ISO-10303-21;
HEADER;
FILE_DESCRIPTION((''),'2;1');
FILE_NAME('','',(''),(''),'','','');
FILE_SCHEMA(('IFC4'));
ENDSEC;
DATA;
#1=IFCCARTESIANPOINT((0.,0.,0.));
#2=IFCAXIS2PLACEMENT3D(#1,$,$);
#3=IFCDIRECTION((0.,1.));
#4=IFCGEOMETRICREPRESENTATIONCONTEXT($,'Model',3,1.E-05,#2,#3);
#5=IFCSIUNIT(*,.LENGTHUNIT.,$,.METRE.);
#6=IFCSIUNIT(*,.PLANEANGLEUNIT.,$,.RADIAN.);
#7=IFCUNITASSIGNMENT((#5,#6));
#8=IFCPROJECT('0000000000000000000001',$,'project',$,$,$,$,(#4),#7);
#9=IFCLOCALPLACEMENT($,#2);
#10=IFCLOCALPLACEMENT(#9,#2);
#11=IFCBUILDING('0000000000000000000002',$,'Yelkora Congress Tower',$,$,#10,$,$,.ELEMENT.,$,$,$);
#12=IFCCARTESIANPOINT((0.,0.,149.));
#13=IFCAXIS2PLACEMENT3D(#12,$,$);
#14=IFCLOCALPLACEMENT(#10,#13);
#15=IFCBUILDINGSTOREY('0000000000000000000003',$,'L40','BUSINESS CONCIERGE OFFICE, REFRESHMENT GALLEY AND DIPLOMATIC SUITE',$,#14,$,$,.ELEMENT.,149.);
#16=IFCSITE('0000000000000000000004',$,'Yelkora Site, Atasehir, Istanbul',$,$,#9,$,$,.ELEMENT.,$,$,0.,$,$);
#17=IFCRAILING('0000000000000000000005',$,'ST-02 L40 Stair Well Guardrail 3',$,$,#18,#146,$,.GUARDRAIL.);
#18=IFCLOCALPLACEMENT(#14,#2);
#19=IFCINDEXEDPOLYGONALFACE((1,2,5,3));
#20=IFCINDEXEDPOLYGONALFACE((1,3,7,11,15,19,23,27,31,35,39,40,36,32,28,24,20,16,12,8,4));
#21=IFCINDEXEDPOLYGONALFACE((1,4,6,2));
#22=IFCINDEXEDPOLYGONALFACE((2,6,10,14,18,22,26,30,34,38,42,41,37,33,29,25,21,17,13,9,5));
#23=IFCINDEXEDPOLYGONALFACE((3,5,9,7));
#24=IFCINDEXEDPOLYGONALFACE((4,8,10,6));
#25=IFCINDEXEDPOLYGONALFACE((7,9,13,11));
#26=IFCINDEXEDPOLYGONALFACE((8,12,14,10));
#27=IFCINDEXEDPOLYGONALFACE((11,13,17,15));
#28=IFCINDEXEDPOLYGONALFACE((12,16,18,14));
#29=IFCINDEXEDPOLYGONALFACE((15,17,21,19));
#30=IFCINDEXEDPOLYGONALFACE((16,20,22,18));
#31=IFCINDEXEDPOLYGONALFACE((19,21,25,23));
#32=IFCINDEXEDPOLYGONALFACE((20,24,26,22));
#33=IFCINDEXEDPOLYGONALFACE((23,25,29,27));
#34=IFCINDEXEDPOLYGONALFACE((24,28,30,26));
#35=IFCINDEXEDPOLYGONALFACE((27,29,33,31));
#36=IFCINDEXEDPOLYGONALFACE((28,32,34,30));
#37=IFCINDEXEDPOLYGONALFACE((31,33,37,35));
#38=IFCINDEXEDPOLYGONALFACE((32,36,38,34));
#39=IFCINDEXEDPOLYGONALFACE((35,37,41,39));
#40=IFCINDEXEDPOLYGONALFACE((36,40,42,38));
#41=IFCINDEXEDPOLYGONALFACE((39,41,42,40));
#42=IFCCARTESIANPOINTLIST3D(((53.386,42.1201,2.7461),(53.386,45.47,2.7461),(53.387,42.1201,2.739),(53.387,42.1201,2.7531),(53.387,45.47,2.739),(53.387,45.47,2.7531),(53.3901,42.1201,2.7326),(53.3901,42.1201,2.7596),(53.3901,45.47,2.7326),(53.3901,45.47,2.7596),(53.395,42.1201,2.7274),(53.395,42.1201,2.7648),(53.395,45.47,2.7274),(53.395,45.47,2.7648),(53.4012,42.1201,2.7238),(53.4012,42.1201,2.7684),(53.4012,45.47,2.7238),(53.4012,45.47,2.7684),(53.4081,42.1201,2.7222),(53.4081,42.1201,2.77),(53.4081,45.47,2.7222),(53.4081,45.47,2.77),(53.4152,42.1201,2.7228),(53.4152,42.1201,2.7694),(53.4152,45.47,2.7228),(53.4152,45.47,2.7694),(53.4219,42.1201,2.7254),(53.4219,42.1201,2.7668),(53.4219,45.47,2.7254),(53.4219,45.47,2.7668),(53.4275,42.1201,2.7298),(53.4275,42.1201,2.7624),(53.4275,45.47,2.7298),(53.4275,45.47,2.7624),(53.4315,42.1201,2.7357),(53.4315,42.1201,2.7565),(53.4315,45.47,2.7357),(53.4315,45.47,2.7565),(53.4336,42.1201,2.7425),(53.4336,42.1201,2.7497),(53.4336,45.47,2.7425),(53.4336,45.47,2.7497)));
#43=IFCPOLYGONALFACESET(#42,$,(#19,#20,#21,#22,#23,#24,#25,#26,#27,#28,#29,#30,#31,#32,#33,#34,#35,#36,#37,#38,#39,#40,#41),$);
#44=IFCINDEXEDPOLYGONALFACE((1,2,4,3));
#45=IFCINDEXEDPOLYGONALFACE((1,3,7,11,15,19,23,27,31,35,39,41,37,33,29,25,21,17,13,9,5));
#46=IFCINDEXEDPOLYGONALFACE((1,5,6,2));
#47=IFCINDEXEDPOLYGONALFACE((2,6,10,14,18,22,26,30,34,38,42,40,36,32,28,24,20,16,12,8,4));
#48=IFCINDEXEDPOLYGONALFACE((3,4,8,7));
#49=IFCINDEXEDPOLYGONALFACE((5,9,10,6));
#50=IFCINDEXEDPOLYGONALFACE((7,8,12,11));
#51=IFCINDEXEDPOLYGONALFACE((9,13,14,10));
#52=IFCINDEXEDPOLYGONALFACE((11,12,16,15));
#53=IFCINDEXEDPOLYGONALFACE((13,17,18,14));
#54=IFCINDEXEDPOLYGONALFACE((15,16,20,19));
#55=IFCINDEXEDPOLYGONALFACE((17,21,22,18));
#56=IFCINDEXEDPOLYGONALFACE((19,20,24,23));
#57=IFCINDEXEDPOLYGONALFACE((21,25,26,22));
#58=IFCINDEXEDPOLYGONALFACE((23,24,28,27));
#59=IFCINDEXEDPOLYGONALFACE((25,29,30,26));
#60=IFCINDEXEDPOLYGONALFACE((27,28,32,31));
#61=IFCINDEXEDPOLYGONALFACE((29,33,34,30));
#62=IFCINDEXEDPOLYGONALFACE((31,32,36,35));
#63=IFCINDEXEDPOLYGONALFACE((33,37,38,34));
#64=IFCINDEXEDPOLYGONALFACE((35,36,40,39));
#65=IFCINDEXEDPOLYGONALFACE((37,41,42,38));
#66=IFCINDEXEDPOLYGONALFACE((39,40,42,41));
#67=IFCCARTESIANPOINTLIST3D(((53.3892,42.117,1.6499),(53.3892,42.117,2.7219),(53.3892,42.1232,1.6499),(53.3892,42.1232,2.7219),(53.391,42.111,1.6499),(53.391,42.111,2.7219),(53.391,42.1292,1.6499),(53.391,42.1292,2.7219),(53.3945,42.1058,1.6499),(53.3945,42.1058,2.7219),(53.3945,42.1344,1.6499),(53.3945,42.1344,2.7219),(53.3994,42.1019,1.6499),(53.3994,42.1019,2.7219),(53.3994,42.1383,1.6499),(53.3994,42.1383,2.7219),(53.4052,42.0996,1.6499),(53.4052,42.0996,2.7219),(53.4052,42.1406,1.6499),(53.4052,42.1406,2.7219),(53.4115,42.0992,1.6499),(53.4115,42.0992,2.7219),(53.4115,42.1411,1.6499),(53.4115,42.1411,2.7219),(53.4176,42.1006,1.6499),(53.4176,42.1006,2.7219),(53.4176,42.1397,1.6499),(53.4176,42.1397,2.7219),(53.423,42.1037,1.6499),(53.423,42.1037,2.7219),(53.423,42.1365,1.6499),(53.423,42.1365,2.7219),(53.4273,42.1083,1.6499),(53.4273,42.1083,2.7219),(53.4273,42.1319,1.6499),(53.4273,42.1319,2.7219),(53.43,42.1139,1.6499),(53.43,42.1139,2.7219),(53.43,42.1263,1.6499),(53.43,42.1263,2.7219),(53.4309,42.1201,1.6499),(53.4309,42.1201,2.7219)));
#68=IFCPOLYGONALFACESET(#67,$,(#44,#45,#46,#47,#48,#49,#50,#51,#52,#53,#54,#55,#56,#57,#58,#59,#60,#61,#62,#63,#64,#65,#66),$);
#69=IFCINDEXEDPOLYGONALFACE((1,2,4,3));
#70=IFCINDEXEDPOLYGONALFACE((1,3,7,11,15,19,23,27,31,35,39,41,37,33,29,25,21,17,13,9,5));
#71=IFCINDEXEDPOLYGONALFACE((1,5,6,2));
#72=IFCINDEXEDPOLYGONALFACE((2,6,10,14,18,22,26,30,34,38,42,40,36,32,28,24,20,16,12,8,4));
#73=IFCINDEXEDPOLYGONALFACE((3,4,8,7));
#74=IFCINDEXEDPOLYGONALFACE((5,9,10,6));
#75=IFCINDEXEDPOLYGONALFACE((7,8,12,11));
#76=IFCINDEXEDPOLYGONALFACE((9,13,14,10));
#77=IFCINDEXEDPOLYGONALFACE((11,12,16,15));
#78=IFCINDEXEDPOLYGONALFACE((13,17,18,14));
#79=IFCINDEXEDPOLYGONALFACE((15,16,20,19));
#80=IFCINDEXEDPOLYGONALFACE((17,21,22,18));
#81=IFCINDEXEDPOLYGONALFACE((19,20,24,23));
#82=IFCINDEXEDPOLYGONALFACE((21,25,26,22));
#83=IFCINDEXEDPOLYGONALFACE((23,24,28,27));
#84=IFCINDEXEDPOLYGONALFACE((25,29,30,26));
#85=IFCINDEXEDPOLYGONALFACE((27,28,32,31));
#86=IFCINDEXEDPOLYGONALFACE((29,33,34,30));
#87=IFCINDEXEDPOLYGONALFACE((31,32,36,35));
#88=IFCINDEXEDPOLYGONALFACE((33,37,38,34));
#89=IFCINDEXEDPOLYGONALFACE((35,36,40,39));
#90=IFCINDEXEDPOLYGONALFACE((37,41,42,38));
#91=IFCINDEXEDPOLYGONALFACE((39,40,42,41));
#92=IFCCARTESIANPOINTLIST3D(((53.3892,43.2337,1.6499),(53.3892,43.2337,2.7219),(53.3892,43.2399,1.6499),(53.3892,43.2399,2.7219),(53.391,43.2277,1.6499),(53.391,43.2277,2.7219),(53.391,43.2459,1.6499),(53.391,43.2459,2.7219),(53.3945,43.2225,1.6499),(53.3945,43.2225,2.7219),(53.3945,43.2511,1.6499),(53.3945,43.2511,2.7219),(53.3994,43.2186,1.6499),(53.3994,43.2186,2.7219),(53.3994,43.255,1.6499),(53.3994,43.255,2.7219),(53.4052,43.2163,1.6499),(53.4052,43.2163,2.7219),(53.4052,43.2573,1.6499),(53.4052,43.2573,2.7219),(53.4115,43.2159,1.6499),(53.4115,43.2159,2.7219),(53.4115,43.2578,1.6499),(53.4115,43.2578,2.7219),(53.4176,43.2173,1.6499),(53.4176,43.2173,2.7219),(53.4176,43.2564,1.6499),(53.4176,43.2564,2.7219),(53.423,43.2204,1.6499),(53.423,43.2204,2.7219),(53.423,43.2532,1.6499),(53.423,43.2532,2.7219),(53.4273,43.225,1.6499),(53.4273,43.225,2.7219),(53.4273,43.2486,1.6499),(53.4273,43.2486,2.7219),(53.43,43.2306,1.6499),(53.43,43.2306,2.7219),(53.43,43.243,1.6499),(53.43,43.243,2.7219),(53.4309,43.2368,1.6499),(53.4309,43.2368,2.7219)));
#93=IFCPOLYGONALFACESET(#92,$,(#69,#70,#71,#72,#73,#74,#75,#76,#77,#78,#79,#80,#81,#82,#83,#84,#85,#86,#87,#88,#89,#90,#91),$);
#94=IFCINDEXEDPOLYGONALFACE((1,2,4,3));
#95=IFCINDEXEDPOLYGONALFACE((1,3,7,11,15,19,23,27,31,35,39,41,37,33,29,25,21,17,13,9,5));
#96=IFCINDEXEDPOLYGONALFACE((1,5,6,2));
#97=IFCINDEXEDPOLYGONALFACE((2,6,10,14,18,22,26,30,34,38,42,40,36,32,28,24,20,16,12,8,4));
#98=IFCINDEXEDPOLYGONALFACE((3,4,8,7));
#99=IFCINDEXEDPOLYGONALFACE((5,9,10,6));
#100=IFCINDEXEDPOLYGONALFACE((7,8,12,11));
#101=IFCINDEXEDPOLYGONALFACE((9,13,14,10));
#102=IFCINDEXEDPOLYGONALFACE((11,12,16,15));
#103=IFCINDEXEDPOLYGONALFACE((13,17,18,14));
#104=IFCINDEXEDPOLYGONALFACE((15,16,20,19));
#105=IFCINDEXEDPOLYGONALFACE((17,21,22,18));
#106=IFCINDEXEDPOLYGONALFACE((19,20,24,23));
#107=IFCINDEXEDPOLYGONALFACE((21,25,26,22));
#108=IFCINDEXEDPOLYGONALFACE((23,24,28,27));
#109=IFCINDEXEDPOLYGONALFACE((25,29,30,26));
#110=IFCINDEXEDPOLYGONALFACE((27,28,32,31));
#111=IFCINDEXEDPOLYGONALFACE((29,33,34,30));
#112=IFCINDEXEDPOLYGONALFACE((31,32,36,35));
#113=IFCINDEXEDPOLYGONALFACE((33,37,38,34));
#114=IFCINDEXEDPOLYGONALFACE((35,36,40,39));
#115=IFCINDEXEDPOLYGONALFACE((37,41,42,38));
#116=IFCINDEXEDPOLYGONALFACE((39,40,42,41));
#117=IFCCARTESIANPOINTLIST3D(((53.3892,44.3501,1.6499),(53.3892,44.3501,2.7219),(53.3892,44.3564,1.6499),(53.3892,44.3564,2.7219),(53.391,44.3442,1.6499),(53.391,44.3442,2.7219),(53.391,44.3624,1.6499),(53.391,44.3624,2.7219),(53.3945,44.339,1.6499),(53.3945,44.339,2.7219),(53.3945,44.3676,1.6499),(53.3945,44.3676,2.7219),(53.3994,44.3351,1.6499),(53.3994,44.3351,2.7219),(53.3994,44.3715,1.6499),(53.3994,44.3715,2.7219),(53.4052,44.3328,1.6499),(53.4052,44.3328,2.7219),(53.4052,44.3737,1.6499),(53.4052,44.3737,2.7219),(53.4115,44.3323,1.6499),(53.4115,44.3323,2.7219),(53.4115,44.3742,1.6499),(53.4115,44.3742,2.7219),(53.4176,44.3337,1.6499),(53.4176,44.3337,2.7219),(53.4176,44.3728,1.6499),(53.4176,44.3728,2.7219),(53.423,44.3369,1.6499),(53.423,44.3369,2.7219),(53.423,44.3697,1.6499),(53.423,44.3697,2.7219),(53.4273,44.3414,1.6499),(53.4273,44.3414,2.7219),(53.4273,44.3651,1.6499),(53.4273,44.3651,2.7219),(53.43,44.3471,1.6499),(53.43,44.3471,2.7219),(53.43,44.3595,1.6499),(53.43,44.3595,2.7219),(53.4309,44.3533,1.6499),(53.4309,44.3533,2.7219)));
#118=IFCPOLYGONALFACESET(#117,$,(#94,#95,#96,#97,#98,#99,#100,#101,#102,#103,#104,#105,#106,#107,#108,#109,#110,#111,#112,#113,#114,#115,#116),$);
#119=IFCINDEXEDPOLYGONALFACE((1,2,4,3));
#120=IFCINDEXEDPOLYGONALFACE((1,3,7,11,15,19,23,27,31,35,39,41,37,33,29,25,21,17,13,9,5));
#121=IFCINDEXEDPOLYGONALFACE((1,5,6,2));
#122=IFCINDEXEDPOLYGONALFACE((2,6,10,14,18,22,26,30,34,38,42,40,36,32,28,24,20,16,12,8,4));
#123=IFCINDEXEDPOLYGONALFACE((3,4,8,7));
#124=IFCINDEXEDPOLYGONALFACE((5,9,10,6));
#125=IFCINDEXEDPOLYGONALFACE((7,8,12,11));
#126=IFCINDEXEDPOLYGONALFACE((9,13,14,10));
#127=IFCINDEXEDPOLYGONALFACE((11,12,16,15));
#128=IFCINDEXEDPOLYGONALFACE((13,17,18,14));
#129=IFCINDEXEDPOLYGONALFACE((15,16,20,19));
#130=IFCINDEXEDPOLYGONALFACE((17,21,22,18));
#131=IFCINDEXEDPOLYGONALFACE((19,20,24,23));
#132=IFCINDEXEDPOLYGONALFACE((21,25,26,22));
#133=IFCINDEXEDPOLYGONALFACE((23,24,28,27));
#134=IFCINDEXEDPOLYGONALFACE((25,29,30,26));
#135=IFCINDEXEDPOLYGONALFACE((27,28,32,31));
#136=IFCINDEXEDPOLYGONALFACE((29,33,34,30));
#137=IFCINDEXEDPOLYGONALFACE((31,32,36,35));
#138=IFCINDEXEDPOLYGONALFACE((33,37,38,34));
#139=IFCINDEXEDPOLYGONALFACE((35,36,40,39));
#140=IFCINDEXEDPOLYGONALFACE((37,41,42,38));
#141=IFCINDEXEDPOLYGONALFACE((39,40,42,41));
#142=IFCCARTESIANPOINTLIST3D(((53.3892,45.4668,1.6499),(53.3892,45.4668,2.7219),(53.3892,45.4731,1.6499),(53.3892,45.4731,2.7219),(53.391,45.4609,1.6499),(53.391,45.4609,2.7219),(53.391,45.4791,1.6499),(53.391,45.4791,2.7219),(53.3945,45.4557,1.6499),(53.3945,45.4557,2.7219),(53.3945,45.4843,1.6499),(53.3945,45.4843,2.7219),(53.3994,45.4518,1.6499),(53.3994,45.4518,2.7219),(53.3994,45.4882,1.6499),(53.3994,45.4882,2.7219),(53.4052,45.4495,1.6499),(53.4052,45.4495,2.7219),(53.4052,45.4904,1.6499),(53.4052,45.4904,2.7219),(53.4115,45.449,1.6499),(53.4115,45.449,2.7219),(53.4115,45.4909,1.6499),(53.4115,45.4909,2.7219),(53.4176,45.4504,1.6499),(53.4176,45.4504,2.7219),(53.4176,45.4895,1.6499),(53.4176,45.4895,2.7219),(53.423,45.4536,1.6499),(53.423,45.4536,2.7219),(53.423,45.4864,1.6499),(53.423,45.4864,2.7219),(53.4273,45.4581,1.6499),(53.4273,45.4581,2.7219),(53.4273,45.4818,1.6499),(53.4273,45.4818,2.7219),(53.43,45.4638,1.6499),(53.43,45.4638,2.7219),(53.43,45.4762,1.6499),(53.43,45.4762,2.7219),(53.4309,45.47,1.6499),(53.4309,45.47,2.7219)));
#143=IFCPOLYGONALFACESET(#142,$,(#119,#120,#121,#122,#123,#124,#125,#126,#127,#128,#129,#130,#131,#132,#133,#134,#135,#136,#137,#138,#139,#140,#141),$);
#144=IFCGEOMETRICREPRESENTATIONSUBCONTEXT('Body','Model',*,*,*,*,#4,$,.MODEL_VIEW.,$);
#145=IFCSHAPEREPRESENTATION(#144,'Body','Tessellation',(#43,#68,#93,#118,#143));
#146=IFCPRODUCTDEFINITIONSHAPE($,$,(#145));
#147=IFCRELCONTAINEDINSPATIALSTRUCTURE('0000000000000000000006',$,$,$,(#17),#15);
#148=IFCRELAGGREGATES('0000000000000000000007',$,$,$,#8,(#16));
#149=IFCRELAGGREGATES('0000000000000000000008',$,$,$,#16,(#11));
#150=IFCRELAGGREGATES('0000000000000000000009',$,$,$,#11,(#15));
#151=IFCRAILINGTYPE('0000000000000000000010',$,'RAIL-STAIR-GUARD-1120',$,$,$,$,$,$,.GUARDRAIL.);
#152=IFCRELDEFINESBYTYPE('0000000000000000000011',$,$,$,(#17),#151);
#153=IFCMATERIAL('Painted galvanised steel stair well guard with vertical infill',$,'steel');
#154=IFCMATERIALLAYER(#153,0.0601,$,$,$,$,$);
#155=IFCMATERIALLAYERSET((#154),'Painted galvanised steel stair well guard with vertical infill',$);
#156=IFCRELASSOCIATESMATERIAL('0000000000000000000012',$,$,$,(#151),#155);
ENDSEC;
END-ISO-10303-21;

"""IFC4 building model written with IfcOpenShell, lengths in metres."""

from ifc_helpers import new_model, si_unit, direction, frame, origin, origin_2d, place, context, subcontext, project, spatial, circle, extrude, material, layer, layer_set, type_object, element, save


model = new_model("IFC4")

# Units and contexts
model_context = context("Model", 3, precision=1e-05, world=origin(), true_north=direction((0.0, 1.0)))
body_context = subcontext(model_context, "Body", "Model", "MODEL_VIEW")
ifc_project = project(units=[si_unit("LENGTHUNIT", "METRE"), si_unit("PLANEANGLEUNIT", "RADIAN")], contexts=[model_context])

# Site, building, storey
site_placement = place(None, origin())
site = spatial("IfcSite", under=ifc_project, at=site_placement, Name="Yelkora Site, Atasehir, Istanbul", CompositionType="ELEMENT", RefElevation=0.0)
building_placement = place(site_placement, origin())
building = spatial("IfcBuilding", under=site, at=building_placement, Name="Yelkora Congress Tower", CompositionType="ELEMENT")
storey_placement = place(building_placement, frame((0.0, 0.0, 149.0)))
storey = spatial("IfcBuildingStorey", under=building, at=storey_placement, Name="L40", Description="BUSINESS CONCIERGE OFFICE, REFRESHMENT GALLEY AND DIPLOMATIC SUITE", CompositionType="ELEMENT", Elevation=149.0)

# Railing
ifc_material_1 = material(Name="Painted galvanised steel stair well guard with vertical infill", Category="steel")
ifc_layer_1 = layer(ifc_material_1, 0.0601)
ifc_layer_set_1 = layer_set([ifc_layer_1], Name="Painted galvanised steel stair well guard with vertical infill")
railing_type_1 = type_object("IfcRailingType", Name="RAIL-STAIR-GUARD-1120", PredefinedType="GUARDRAIL", material=ifc_layer_set_1)
for number, where, name in (
    (1, (53.4099, 42.1201, 1.6499), "ST-02 L40 Stair Well Guardrail 3"),
):
    element("IfcRailing", number, at=place(storey_placement, frame(where)), inside=storey, type_object=railing_type_1, Name=name, PredefinedType="GUARDRAIL", context=body_context, shape_type="SweptSolid", body=[
        extrude(circle(Radius=0.0239, at=origin_2d()), frame((0.0, 0.0, 1.0962), z_axis=(0.0, 1.0, 0.0), x_axis=(-1.0, 0.0, 0.0)), (0.0, 0.0, 1.0), 3.3499),
        extrude(circle(Radius=0.021, at=origin_2d()), origin(), (0.0, 0.0, 1.0), 1.072),
        extrude(circle(Radius=0.021, at=origin_2d()), frame((0.0, 1.1167, 0.0)), (0.0, 0.0, 1.0), 1.072),
        extrude(circle(Radius=0.021, at=origin_2d()), frame((0.0, 2.2332, 0.0)), (0.0, 0.0, 1.0), 1.072),
        extrude(circle(Radius=0.021, at=origin_2d()), frame((0.0, 3.3499, 0.0)), (0.0, 0.0, 1.0), 1.072),
    ])

save(model, "model.ifc")
